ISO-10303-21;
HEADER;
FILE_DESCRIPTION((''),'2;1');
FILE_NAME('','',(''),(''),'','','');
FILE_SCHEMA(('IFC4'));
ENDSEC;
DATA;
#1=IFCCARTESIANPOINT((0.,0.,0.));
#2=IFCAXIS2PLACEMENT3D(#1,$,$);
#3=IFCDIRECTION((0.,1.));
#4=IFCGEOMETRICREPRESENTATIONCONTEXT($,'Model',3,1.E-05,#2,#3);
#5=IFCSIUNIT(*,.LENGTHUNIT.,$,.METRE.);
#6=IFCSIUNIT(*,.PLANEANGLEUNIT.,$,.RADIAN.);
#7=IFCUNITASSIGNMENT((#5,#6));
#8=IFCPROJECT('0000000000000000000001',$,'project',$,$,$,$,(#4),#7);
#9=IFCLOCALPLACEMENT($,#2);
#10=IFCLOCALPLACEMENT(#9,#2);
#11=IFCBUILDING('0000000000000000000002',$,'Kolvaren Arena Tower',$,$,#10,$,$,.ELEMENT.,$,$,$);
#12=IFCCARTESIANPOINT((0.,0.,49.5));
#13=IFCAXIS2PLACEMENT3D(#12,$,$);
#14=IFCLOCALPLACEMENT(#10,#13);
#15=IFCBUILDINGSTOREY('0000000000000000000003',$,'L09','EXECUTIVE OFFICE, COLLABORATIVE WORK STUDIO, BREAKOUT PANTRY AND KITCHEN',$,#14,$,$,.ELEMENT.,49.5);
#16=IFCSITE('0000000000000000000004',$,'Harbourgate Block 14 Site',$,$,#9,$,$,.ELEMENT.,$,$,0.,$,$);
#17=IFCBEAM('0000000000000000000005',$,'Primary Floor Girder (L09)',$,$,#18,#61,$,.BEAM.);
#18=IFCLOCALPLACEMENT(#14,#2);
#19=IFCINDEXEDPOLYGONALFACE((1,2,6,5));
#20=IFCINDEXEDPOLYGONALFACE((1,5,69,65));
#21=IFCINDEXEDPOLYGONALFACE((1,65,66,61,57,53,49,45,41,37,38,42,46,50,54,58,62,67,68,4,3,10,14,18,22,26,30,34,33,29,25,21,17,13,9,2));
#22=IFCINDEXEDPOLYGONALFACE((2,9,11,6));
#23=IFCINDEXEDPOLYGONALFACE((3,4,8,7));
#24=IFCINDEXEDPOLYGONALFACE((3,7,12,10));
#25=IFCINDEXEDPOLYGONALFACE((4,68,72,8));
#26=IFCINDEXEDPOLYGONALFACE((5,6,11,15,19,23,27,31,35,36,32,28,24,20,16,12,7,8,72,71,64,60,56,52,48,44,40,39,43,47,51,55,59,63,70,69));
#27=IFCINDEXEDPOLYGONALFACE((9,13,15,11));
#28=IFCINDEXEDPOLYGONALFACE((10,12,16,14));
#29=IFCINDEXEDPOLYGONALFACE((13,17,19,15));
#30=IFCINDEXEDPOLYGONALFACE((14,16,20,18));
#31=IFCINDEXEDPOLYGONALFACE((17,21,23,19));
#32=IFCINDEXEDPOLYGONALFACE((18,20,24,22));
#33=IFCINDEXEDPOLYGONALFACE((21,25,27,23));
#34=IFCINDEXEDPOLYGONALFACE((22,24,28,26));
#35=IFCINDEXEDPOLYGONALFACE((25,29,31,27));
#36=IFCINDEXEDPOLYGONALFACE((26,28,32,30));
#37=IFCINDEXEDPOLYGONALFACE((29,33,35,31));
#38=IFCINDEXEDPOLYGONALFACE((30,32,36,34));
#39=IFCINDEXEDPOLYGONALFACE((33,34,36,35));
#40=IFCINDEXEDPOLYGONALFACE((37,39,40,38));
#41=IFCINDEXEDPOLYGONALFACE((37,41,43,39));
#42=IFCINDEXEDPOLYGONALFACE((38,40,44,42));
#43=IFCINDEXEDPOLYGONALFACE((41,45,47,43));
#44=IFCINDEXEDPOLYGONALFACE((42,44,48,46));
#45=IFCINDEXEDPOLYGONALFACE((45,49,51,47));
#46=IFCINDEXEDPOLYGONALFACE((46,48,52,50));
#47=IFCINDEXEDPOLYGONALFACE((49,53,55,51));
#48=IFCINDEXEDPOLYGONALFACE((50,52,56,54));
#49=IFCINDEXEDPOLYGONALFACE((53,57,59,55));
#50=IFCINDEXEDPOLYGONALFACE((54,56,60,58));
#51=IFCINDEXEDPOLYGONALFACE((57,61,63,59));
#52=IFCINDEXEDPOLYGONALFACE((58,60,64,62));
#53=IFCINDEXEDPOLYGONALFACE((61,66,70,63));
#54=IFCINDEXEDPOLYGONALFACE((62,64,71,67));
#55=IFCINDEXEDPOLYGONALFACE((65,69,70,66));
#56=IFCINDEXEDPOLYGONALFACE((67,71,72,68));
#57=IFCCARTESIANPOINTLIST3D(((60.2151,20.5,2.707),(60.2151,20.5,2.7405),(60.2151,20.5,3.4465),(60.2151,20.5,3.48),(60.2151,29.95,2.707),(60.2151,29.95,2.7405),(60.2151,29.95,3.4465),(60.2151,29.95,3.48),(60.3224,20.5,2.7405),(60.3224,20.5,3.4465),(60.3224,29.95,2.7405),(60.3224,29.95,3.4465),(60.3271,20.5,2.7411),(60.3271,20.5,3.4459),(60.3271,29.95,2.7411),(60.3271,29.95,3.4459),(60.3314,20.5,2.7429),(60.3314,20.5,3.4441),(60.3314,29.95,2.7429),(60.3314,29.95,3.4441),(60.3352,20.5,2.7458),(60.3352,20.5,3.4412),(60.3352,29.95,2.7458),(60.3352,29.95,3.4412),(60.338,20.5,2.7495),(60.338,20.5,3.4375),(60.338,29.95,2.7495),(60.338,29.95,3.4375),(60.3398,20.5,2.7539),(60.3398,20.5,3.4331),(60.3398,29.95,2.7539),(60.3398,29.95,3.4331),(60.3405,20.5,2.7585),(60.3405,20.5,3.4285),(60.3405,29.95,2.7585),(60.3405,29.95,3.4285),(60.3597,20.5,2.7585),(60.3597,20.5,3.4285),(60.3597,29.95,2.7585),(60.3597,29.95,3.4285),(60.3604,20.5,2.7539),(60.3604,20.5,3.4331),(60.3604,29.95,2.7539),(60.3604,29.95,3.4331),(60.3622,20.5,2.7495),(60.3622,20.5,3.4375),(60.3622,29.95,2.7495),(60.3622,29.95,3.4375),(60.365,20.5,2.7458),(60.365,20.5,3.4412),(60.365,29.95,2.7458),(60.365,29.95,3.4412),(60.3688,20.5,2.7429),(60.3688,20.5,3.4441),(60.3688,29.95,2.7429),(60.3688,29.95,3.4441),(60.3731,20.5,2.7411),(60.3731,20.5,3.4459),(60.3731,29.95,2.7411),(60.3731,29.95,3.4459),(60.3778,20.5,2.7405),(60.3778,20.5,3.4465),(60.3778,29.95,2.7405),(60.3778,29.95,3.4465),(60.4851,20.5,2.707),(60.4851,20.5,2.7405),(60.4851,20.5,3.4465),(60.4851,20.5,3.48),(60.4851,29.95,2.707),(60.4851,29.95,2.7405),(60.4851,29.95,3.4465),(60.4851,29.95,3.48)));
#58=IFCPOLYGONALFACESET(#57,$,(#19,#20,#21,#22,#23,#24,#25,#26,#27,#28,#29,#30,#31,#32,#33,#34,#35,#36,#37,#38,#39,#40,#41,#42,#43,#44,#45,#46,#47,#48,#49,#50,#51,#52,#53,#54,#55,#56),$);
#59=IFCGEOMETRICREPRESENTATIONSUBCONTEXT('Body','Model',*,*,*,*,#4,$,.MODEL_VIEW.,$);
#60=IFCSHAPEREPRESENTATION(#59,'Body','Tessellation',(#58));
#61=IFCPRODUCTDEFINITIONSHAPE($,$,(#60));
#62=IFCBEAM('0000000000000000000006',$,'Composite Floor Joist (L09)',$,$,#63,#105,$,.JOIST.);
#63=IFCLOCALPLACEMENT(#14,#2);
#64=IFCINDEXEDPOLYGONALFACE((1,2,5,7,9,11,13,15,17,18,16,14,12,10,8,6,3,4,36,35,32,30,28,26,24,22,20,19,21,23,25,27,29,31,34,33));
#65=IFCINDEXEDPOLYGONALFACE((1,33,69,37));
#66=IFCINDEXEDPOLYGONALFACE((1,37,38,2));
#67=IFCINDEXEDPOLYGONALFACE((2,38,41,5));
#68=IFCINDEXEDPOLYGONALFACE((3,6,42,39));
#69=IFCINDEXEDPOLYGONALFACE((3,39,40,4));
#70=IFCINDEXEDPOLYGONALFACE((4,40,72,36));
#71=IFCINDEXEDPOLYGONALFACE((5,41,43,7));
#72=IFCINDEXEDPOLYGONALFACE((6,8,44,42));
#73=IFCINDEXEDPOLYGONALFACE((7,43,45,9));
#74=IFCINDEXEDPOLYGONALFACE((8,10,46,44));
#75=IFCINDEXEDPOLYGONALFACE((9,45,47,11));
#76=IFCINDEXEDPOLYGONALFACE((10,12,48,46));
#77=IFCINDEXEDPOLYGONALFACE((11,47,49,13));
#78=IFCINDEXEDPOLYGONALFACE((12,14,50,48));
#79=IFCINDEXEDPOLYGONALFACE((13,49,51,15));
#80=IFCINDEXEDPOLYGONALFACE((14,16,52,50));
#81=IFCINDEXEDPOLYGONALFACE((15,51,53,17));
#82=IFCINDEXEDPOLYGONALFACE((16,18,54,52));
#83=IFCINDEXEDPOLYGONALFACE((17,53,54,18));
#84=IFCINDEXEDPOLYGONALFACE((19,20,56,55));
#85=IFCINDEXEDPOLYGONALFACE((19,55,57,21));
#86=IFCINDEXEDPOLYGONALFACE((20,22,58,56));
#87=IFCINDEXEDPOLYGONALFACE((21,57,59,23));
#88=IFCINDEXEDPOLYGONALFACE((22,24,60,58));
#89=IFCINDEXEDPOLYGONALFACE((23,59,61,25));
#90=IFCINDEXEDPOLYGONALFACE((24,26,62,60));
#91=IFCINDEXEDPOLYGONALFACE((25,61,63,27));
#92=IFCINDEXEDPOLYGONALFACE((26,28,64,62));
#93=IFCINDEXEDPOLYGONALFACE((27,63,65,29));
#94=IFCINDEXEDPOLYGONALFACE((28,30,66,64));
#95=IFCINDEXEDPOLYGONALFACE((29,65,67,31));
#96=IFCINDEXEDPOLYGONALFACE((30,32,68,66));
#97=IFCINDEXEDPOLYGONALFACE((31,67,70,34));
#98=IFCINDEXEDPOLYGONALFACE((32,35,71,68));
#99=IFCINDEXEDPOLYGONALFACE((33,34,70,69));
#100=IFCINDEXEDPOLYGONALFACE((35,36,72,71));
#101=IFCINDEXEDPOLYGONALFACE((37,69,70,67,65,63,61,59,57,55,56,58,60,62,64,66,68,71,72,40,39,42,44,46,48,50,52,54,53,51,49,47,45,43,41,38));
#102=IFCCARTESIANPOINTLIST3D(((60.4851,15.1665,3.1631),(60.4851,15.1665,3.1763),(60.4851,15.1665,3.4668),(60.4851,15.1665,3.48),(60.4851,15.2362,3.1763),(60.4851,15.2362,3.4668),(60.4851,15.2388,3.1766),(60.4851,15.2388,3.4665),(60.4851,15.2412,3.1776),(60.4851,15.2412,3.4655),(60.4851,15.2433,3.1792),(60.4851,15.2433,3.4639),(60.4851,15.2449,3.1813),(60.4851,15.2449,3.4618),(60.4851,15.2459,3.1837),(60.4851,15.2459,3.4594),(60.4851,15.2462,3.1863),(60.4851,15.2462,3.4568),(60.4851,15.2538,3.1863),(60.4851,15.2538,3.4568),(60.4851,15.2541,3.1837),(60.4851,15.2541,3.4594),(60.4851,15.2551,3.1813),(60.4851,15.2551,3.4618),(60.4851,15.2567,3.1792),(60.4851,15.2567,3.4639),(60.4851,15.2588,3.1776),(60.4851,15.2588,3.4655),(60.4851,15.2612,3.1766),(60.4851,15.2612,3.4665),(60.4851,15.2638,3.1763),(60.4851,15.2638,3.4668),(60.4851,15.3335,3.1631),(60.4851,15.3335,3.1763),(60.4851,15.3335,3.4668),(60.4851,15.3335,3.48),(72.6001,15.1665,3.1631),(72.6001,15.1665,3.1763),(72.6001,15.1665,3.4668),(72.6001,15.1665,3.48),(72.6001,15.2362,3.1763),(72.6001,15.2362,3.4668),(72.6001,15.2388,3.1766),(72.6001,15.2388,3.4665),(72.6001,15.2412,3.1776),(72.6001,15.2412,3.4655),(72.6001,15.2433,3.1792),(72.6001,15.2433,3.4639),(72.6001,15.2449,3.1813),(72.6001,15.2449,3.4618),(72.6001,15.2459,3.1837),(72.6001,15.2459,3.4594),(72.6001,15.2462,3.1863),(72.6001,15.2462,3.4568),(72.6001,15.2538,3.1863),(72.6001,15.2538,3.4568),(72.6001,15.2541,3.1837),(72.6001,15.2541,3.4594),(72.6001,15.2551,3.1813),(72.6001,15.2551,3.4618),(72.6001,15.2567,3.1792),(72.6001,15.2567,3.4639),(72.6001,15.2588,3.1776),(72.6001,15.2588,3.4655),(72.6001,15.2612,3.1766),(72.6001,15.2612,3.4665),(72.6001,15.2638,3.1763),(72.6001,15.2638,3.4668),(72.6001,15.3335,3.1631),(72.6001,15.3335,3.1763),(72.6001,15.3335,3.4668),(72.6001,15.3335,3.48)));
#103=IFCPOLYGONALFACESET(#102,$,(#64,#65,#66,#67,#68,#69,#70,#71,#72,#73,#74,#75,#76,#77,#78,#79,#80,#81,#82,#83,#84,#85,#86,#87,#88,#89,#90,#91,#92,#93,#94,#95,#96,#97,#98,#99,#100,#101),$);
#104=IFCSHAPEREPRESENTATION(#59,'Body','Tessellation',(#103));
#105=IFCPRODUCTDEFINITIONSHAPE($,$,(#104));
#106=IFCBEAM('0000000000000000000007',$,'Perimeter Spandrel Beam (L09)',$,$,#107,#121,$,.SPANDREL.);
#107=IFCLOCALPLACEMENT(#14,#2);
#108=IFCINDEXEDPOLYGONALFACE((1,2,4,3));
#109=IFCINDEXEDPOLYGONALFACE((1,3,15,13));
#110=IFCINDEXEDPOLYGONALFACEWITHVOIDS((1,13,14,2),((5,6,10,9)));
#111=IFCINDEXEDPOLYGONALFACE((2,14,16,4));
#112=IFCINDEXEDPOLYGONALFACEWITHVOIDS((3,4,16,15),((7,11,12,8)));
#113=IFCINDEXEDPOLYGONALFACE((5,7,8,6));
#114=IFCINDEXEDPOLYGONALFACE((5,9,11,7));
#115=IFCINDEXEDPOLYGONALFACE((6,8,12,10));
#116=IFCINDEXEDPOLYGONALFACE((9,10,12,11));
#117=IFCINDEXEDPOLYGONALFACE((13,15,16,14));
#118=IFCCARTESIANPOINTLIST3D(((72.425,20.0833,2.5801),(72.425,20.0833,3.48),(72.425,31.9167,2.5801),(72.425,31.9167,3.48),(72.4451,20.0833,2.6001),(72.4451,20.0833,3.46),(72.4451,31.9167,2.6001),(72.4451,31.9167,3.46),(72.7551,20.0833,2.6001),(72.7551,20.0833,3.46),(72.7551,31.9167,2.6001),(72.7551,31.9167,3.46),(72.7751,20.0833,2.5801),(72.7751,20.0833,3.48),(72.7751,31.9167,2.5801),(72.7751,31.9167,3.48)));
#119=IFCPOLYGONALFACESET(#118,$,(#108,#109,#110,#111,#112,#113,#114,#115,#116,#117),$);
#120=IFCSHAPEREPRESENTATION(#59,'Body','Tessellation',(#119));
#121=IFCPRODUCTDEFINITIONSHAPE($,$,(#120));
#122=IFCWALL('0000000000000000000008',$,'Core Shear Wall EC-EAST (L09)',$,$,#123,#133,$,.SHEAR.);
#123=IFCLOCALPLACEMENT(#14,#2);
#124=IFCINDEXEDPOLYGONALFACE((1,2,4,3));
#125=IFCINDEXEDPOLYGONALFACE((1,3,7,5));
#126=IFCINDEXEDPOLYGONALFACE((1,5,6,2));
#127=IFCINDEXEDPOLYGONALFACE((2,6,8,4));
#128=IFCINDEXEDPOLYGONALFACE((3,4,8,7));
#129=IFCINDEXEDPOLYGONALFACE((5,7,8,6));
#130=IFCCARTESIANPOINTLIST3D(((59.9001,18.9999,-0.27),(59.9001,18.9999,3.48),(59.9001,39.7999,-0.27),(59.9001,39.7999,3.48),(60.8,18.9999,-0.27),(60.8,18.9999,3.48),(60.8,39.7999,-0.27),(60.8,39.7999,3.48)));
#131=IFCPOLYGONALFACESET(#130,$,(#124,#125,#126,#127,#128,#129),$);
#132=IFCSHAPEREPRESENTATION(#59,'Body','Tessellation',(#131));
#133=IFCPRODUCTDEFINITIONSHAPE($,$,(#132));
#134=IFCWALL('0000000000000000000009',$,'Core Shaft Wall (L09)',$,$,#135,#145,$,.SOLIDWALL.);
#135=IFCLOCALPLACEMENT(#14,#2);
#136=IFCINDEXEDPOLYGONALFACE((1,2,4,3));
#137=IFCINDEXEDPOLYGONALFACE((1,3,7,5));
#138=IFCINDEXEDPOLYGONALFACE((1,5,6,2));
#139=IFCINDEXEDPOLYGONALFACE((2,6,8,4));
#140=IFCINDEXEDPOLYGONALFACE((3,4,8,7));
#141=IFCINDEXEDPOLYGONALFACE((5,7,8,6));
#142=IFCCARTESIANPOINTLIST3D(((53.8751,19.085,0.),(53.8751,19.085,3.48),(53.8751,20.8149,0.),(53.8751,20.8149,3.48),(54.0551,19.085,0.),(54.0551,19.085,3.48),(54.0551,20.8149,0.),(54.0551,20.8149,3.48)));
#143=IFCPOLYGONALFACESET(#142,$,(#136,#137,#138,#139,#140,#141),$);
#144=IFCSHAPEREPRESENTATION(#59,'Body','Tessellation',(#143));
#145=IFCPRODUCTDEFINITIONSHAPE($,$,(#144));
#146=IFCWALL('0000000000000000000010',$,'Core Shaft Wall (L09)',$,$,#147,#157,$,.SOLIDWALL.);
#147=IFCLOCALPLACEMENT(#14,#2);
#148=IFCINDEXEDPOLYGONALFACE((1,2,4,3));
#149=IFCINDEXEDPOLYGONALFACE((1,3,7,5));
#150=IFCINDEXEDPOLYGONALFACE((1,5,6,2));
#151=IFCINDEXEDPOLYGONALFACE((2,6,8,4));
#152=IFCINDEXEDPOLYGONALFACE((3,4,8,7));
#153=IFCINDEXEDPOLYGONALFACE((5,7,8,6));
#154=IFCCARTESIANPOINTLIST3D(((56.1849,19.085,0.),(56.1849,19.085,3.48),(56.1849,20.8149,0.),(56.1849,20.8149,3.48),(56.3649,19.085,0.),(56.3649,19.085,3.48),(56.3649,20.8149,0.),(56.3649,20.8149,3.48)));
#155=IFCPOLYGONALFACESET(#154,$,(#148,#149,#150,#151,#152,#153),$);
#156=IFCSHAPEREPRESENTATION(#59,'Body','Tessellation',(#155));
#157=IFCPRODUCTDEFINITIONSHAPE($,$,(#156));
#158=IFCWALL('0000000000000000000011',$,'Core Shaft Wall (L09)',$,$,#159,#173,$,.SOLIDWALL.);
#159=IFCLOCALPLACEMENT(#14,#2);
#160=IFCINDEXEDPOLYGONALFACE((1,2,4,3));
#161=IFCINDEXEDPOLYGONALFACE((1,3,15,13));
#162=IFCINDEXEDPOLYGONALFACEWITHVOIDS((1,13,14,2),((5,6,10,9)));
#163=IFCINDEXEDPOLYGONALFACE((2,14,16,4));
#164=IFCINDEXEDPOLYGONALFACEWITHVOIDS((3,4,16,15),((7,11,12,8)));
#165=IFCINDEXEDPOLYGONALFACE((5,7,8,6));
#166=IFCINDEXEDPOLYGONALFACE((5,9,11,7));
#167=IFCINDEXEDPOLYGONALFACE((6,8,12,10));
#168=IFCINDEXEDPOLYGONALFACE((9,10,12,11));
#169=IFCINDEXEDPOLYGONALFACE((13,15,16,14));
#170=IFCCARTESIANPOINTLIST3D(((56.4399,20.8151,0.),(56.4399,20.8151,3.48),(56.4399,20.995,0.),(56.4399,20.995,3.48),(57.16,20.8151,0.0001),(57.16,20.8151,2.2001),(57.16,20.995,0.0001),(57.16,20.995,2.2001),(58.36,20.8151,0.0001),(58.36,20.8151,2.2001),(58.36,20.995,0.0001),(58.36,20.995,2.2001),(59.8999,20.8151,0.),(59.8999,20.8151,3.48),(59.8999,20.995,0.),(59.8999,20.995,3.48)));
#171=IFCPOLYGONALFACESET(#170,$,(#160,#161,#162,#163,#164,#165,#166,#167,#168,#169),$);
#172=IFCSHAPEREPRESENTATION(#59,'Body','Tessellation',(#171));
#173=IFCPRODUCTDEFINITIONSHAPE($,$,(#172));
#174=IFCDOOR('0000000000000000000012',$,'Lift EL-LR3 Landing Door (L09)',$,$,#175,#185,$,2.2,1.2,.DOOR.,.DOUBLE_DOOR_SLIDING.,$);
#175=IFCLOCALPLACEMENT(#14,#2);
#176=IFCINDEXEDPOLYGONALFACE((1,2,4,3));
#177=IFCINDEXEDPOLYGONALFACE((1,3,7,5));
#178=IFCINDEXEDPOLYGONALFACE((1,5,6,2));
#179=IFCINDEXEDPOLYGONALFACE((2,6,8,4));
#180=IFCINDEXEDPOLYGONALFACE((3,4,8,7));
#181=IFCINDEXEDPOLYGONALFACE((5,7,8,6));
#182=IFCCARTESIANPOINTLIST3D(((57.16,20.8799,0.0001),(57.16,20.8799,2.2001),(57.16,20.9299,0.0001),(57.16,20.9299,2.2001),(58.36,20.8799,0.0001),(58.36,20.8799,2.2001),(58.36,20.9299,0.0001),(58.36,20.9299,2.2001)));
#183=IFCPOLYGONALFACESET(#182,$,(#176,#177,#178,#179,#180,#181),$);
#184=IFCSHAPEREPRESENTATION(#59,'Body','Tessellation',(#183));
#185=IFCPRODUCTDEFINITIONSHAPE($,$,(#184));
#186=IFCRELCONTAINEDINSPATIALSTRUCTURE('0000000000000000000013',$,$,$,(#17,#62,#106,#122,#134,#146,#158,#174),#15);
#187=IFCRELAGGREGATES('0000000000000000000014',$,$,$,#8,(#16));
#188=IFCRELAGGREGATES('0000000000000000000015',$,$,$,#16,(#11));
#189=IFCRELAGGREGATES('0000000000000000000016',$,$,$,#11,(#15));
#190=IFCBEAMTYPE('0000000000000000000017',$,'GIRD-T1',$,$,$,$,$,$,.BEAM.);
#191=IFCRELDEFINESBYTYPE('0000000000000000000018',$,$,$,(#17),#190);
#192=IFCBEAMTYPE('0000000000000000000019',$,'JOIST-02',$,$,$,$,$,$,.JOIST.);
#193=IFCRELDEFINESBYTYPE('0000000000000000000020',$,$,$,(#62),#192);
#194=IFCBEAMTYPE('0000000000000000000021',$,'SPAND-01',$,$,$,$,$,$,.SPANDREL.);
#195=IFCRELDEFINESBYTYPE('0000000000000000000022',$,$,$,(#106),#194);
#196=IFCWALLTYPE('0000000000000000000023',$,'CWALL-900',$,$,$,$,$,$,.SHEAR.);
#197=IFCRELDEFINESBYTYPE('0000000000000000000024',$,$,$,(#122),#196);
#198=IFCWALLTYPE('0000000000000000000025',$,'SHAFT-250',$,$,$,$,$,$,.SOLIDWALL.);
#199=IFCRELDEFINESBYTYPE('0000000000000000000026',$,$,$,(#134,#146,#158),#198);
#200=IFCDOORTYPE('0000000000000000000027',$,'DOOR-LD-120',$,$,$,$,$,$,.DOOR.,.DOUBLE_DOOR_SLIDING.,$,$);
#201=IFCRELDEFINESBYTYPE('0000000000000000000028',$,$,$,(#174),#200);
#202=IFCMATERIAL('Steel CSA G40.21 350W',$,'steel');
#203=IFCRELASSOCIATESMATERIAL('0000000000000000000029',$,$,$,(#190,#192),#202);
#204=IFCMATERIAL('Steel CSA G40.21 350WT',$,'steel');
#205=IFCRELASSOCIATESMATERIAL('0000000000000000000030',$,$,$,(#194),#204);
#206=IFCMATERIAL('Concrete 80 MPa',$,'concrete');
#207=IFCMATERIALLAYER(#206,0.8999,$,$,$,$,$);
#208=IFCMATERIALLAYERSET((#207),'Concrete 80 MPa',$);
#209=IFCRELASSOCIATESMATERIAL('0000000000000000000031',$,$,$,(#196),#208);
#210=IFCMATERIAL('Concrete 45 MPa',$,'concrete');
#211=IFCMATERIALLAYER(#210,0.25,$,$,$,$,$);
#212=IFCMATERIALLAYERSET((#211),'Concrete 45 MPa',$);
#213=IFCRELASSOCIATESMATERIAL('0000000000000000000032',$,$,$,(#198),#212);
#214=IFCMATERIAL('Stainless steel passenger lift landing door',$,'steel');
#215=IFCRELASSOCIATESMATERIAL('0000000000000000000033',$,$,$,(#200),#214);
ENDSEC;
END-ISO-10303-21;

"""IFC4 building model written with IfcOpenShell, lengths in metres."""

from ifc_helpers import new_model, si_unit, direction, frame, frame_2d, origin, origin_2d, place, context, subcontext, project, spatial, rectangle, hollow_rectangle, i_section, extrude, material, layer, layer_set, material_profile, profile_set, type_object, element, fill, save


model = new_model("IFC4")

# Units and contexts
model_context = context("Model", 3, precision=1e-05, world=origin(), true_north=direction((0.0, 1.0)))
body_context = subcontext(model_context, "Body", "Model", "MODEL_VIEW")
ifc_project = project(units=[si_unit("LENGTHUNIT", "METRE"), si_unit("PLANEANGLEUNIT", "RADIAN")], contexts=[model_context])

# Site, building, storey
site_placement = place(None, origin())
site = spatial("IfcSite", under=ifc_project, at=site_placement, Name="Harbourgate Block 14 Site", CompositionType="ELEMENT", RefElevation=0.0)
building_placement = place(site_placement, origin())
building = spatial("IfcBuilding", under=site, at=building_placement, Name="Kolvaren Arena Tower", CompositionType="ELEMENT")
storey_placement = place(building_placement, frame((0.0, 0.0, 49.5)))
storey = spatial("IfcBuildingStorey", under=building, at=storey_placement, Name="L09", Description="EXECUTIVE OFFICE, COLLABORATIVE WORK STUDIO, BREAKOUT PANTRY AND KITCHEN", CompositionType="ELEMENT", Elevation=49.5)

# Beams
ifc_material_1 = material(Name="Steel CSA G40.21 350W", Category="steel")
ifc_material_profile_1 = material_profile(ifc_material_1, i_section(OverallWidth=0.27, OverallDepth=0.7729, WebThickness=0.0193, FlangeThickness=0.0334, FilletRadius=0.0181, at=origin_2d()), Name="W760x257")
ifc_profile_set_1 = profile_set([ifc_material_profile_1], Name="Steel CSA G40.21 350W")
beam_type_1 = type_object("IfcBeamType", Name="GIRD-T1", PredefinedType="BEAM", material=ifc_profile_set_1)
beam_1_placement = place(storey_placement, frame((60.3501, 20.5, 3.0935), z_axis=(0.0, 1.0, 0.0), x_axis=(-1.0, 0.0, 0.0)))
element("IfcBeam", 1, at=beam_1_placement, inside=storey, type_object=beam_type_1, Name="Primary Floor Girder (L09)", PredefinedType="BEAM", context=body_context, shape_type="SweptSolid", body=[
    extrude(i_section(OverallWidth=0.27, OverallDepth=0.7729, WebThickness=0.0193, FlangeThickness=0.0334, FilletRadius=0.0181, at=origin_2d()), origin(), (0.0, 0.0, 1.0), 9.45),
])
ifc_material_profile_2 = material_profile(ifc_material_1, i_section(OverallWidth=0.167, OverallDepth=0.3169, WebThickness=0.0076, FlangeThickness=0.0132, FilletRadius=0.01, at=origin_2d()), Name="W310x52")
ifc_profile_set_2 = profile_set([ifc_material_profile_2], Name="Steel CSA G40.21 350W")
beam_type_2 = type_object("IfcBeamType", Name="JOIST-02", PredefinedType="JOIST", material=ifc_profile_set_2)
beam_2_placement = place(storey_placement, frame((60.4851, 15.25, 3.3215), z_axis=(1.0, 0.0, 0.0), x_axis=(0.0, 1.0, 0.0)))
element("IfcBeam", 2, at=beam_2_placement, inside=storey, type_object=beam_type_2, Name="Composite Floor Joist (L09)", PredefinedType="JOIST", context=body_context, shape_type="SweptSolid", body=[
    extrude(i_section(OverallWidth=0.167, OverallDepth=0.3169, WebThickness=0.0076, FlangeThickness=0.0132, FilletRadius=0.01, at=origin_2d()), origin(), (0.0, 0.0, 1.0), 12.115),
])
ifc_material_2 = material(Name="Steel CSA G40.21 350WT", Category="steel")
ifc_material_profile_3 = material_profile(ifc_material_2, hollow_rectangle(XDim=0.3501, YDim=0.8999, WallThickness=0.02, at=origin_2d()), Name="HSS 900x350x20")
ifc_profile_set_3 = profile_set([ifc_material_profile_3], Name="Steel CSA G40.21 350WT")
beam_type_3 = type_object("IfcBeamType", Name="SPAND-01", PredefinedType="SPANDREL", material=ifc_profile_set_3)
beam_3_placement = place(storey_placement, frame((72.6001, 20.0833, 3.03), z_axis=(0.0, 1.0, 0.0), x_axis=(-1.0, 0.0, 0.0)))
element("IfcBeam", 3, at=beam_3_placement, inside=storey, type_object=beam_type_3, Name="Perimeter Spandrel Beam (L09)", PredefinedType="SPANDREL", context=body_context, shape_type="SweptSolid", body=[
    extrude(hollow_rectangle(XDim=0.3501, YDim=0.8999, WallThickness=0.02, at=origin_2d()), origin(), (0.0, 0.0, 1.0), 11.8335),
])

# Walls
ifc_material_3 = material(Name="Concrete 80 MPa", Category="concrete")
ifc_layer_1 = layer(ifc_material_3, 0.8999)
ifc_layer_set_1 = layer_set([ifc_layer_1], Name="Concrete 80 MPa")
wall_type_1 = type_object("IfcWallType", Name="CWALL-900", PredefinedType="SHEAR", material=ifc_layer_set_1)
wall_1_placement = place(storey_placement, frame((60.3501, 19.0, -0.27), z_axis=(0.0, 0.0, 1.0), x_axis=(0.0, 1.0, 0.0)))
element("IfcWall", 4, at=wall_1_placement, inside=storey, type_object=wall_type_1, Name="Core Shear Wall EC-EAST (L09)", PredefinedType="SHEAR", context=body_context, shape_type="SweptSolid", body=[
    extrude(rectangle(XDim=20.8, YDim=0.8999, at=frame_2d((10.3999, 0.0))), origin(), (0.0, 0.0, 1.0), 3.75),
])
ifc_material_4 = material(Name="Concrete 45 MPa", Category="concrete")
ifc_layer_2 = layer(ifc_material_4, 0.25)
ifc_layer_set_2 = layer_set([ifc_layer_2], Name="Concrete 45 MPa")
wall_type_2 = type_object("IfcWallType", Name="SHAFT-250", PredefinedType="SOLIDWALL", material=ifc_layer_set_2)
for number, where, z_axis, x_axis, name in (
    (5, (53.9651, 19.085, 0.0), (0.0, 0.0, 1.0), (0.0, 1.0, 0.0), "Core Shaft Wall (L09)"),
    (6, (56.2749, 19.085, 0.0), (0.0, 0.0, 1.0), (0.0, 1.0, 0.0), "Core Shaft Wall (L09)"),
):
    element("IfcWall", number, at=place(storey_placement, frame(where, z_axis=z_axis, x_axis=x_axis)), inside=storey, type_object=wall_type_2, Name=name, PredefinedType="SOLIDWALL", context=body_context, shape_type="SweptSolid", body=[
        extrude(rectangle(XDim=1.73, YDim=0.1799, at=frame_2d((0.865, 0.0))), origin(), (0.0, 0.0, 1.0), 3.48),
    ])

# Wall, opening, door
wall_2_placement = place(storey_placement, frame((56.4399, 20.905, 0.0), z_axis=(0.0, 0.0, 1.0), x_axis=(1.0, 0.0, 0.0)))
wall_2 = element("IfcWall", 7, at=wall_2_placement, inside=storey, type_object=wall_type_2, Name="Core Shaft Wall (L09)", PredefinedType="SOLIDWALL", context=body_context, shape_type="SweptSolid", body=[
    extrude(rectangle(XDim=3.46, YDim=0.1799, at=frame_2d((1.73, 0.0))), origin(), (0.0, 0.0, 1.0), 3.48),
])
opening_placement = place(wall_2_placement, frame((0.72, 0.0, 0.0)))
opening = element("IfcOpeningElement", 8, at=opening_placement, cuts=wall_2, PredefinedType="OPENING", context=body_context, shape_type="SweptSolid", body=[
    extrude(rectangle(XDim=1.2, YDim=2.2, at=frame_2d((0.6001, 1.1001))), frame((0.0, 0.0999, 0.0), z_axis=(0.0, -1.0, 0.0), x_axis=(1.0, 0.0, 0.0)), (0.0, 0.0, 1.0), 0.2),
])
ifc_material_5 = material(Name="Stainless steel passenger lift landing door", Category="steel")
door_type = type_object("IfcDoorType", Name="DOOR-LD-120", OperationType="DOUBLE_DOOR_SLIDING", PredefinedType="DOOR", material=ifc_material_5)
door_placement = place(opening_placement, origin())
door = element("IfcDoor", 9, at=door_placement, inside=storey, type_object=door_type, Name="Lift EL-LR3 Landing Door (L09)", OperationType="DOUBLE_DOOR_SLIDING", OverallHeight=2.2, OverallWidth=1.2, PredefinedType="DOOR", context=body_context, shape_type="SweptSolid", body=[
    extrude(rectangle(XDim=1.2, YDim=2.2, at=frame_2d((0.6001, 1.1001))), frame((0.0, 0.0249, 0.0), z_axis=(0.0, -1.0, 0.0), x_axis=(1.0, 0.0, 0.0)), (0.0, 0.0, 1.0), 0.05),
])
fill(opening, door)

save(model, "model.ifc")
